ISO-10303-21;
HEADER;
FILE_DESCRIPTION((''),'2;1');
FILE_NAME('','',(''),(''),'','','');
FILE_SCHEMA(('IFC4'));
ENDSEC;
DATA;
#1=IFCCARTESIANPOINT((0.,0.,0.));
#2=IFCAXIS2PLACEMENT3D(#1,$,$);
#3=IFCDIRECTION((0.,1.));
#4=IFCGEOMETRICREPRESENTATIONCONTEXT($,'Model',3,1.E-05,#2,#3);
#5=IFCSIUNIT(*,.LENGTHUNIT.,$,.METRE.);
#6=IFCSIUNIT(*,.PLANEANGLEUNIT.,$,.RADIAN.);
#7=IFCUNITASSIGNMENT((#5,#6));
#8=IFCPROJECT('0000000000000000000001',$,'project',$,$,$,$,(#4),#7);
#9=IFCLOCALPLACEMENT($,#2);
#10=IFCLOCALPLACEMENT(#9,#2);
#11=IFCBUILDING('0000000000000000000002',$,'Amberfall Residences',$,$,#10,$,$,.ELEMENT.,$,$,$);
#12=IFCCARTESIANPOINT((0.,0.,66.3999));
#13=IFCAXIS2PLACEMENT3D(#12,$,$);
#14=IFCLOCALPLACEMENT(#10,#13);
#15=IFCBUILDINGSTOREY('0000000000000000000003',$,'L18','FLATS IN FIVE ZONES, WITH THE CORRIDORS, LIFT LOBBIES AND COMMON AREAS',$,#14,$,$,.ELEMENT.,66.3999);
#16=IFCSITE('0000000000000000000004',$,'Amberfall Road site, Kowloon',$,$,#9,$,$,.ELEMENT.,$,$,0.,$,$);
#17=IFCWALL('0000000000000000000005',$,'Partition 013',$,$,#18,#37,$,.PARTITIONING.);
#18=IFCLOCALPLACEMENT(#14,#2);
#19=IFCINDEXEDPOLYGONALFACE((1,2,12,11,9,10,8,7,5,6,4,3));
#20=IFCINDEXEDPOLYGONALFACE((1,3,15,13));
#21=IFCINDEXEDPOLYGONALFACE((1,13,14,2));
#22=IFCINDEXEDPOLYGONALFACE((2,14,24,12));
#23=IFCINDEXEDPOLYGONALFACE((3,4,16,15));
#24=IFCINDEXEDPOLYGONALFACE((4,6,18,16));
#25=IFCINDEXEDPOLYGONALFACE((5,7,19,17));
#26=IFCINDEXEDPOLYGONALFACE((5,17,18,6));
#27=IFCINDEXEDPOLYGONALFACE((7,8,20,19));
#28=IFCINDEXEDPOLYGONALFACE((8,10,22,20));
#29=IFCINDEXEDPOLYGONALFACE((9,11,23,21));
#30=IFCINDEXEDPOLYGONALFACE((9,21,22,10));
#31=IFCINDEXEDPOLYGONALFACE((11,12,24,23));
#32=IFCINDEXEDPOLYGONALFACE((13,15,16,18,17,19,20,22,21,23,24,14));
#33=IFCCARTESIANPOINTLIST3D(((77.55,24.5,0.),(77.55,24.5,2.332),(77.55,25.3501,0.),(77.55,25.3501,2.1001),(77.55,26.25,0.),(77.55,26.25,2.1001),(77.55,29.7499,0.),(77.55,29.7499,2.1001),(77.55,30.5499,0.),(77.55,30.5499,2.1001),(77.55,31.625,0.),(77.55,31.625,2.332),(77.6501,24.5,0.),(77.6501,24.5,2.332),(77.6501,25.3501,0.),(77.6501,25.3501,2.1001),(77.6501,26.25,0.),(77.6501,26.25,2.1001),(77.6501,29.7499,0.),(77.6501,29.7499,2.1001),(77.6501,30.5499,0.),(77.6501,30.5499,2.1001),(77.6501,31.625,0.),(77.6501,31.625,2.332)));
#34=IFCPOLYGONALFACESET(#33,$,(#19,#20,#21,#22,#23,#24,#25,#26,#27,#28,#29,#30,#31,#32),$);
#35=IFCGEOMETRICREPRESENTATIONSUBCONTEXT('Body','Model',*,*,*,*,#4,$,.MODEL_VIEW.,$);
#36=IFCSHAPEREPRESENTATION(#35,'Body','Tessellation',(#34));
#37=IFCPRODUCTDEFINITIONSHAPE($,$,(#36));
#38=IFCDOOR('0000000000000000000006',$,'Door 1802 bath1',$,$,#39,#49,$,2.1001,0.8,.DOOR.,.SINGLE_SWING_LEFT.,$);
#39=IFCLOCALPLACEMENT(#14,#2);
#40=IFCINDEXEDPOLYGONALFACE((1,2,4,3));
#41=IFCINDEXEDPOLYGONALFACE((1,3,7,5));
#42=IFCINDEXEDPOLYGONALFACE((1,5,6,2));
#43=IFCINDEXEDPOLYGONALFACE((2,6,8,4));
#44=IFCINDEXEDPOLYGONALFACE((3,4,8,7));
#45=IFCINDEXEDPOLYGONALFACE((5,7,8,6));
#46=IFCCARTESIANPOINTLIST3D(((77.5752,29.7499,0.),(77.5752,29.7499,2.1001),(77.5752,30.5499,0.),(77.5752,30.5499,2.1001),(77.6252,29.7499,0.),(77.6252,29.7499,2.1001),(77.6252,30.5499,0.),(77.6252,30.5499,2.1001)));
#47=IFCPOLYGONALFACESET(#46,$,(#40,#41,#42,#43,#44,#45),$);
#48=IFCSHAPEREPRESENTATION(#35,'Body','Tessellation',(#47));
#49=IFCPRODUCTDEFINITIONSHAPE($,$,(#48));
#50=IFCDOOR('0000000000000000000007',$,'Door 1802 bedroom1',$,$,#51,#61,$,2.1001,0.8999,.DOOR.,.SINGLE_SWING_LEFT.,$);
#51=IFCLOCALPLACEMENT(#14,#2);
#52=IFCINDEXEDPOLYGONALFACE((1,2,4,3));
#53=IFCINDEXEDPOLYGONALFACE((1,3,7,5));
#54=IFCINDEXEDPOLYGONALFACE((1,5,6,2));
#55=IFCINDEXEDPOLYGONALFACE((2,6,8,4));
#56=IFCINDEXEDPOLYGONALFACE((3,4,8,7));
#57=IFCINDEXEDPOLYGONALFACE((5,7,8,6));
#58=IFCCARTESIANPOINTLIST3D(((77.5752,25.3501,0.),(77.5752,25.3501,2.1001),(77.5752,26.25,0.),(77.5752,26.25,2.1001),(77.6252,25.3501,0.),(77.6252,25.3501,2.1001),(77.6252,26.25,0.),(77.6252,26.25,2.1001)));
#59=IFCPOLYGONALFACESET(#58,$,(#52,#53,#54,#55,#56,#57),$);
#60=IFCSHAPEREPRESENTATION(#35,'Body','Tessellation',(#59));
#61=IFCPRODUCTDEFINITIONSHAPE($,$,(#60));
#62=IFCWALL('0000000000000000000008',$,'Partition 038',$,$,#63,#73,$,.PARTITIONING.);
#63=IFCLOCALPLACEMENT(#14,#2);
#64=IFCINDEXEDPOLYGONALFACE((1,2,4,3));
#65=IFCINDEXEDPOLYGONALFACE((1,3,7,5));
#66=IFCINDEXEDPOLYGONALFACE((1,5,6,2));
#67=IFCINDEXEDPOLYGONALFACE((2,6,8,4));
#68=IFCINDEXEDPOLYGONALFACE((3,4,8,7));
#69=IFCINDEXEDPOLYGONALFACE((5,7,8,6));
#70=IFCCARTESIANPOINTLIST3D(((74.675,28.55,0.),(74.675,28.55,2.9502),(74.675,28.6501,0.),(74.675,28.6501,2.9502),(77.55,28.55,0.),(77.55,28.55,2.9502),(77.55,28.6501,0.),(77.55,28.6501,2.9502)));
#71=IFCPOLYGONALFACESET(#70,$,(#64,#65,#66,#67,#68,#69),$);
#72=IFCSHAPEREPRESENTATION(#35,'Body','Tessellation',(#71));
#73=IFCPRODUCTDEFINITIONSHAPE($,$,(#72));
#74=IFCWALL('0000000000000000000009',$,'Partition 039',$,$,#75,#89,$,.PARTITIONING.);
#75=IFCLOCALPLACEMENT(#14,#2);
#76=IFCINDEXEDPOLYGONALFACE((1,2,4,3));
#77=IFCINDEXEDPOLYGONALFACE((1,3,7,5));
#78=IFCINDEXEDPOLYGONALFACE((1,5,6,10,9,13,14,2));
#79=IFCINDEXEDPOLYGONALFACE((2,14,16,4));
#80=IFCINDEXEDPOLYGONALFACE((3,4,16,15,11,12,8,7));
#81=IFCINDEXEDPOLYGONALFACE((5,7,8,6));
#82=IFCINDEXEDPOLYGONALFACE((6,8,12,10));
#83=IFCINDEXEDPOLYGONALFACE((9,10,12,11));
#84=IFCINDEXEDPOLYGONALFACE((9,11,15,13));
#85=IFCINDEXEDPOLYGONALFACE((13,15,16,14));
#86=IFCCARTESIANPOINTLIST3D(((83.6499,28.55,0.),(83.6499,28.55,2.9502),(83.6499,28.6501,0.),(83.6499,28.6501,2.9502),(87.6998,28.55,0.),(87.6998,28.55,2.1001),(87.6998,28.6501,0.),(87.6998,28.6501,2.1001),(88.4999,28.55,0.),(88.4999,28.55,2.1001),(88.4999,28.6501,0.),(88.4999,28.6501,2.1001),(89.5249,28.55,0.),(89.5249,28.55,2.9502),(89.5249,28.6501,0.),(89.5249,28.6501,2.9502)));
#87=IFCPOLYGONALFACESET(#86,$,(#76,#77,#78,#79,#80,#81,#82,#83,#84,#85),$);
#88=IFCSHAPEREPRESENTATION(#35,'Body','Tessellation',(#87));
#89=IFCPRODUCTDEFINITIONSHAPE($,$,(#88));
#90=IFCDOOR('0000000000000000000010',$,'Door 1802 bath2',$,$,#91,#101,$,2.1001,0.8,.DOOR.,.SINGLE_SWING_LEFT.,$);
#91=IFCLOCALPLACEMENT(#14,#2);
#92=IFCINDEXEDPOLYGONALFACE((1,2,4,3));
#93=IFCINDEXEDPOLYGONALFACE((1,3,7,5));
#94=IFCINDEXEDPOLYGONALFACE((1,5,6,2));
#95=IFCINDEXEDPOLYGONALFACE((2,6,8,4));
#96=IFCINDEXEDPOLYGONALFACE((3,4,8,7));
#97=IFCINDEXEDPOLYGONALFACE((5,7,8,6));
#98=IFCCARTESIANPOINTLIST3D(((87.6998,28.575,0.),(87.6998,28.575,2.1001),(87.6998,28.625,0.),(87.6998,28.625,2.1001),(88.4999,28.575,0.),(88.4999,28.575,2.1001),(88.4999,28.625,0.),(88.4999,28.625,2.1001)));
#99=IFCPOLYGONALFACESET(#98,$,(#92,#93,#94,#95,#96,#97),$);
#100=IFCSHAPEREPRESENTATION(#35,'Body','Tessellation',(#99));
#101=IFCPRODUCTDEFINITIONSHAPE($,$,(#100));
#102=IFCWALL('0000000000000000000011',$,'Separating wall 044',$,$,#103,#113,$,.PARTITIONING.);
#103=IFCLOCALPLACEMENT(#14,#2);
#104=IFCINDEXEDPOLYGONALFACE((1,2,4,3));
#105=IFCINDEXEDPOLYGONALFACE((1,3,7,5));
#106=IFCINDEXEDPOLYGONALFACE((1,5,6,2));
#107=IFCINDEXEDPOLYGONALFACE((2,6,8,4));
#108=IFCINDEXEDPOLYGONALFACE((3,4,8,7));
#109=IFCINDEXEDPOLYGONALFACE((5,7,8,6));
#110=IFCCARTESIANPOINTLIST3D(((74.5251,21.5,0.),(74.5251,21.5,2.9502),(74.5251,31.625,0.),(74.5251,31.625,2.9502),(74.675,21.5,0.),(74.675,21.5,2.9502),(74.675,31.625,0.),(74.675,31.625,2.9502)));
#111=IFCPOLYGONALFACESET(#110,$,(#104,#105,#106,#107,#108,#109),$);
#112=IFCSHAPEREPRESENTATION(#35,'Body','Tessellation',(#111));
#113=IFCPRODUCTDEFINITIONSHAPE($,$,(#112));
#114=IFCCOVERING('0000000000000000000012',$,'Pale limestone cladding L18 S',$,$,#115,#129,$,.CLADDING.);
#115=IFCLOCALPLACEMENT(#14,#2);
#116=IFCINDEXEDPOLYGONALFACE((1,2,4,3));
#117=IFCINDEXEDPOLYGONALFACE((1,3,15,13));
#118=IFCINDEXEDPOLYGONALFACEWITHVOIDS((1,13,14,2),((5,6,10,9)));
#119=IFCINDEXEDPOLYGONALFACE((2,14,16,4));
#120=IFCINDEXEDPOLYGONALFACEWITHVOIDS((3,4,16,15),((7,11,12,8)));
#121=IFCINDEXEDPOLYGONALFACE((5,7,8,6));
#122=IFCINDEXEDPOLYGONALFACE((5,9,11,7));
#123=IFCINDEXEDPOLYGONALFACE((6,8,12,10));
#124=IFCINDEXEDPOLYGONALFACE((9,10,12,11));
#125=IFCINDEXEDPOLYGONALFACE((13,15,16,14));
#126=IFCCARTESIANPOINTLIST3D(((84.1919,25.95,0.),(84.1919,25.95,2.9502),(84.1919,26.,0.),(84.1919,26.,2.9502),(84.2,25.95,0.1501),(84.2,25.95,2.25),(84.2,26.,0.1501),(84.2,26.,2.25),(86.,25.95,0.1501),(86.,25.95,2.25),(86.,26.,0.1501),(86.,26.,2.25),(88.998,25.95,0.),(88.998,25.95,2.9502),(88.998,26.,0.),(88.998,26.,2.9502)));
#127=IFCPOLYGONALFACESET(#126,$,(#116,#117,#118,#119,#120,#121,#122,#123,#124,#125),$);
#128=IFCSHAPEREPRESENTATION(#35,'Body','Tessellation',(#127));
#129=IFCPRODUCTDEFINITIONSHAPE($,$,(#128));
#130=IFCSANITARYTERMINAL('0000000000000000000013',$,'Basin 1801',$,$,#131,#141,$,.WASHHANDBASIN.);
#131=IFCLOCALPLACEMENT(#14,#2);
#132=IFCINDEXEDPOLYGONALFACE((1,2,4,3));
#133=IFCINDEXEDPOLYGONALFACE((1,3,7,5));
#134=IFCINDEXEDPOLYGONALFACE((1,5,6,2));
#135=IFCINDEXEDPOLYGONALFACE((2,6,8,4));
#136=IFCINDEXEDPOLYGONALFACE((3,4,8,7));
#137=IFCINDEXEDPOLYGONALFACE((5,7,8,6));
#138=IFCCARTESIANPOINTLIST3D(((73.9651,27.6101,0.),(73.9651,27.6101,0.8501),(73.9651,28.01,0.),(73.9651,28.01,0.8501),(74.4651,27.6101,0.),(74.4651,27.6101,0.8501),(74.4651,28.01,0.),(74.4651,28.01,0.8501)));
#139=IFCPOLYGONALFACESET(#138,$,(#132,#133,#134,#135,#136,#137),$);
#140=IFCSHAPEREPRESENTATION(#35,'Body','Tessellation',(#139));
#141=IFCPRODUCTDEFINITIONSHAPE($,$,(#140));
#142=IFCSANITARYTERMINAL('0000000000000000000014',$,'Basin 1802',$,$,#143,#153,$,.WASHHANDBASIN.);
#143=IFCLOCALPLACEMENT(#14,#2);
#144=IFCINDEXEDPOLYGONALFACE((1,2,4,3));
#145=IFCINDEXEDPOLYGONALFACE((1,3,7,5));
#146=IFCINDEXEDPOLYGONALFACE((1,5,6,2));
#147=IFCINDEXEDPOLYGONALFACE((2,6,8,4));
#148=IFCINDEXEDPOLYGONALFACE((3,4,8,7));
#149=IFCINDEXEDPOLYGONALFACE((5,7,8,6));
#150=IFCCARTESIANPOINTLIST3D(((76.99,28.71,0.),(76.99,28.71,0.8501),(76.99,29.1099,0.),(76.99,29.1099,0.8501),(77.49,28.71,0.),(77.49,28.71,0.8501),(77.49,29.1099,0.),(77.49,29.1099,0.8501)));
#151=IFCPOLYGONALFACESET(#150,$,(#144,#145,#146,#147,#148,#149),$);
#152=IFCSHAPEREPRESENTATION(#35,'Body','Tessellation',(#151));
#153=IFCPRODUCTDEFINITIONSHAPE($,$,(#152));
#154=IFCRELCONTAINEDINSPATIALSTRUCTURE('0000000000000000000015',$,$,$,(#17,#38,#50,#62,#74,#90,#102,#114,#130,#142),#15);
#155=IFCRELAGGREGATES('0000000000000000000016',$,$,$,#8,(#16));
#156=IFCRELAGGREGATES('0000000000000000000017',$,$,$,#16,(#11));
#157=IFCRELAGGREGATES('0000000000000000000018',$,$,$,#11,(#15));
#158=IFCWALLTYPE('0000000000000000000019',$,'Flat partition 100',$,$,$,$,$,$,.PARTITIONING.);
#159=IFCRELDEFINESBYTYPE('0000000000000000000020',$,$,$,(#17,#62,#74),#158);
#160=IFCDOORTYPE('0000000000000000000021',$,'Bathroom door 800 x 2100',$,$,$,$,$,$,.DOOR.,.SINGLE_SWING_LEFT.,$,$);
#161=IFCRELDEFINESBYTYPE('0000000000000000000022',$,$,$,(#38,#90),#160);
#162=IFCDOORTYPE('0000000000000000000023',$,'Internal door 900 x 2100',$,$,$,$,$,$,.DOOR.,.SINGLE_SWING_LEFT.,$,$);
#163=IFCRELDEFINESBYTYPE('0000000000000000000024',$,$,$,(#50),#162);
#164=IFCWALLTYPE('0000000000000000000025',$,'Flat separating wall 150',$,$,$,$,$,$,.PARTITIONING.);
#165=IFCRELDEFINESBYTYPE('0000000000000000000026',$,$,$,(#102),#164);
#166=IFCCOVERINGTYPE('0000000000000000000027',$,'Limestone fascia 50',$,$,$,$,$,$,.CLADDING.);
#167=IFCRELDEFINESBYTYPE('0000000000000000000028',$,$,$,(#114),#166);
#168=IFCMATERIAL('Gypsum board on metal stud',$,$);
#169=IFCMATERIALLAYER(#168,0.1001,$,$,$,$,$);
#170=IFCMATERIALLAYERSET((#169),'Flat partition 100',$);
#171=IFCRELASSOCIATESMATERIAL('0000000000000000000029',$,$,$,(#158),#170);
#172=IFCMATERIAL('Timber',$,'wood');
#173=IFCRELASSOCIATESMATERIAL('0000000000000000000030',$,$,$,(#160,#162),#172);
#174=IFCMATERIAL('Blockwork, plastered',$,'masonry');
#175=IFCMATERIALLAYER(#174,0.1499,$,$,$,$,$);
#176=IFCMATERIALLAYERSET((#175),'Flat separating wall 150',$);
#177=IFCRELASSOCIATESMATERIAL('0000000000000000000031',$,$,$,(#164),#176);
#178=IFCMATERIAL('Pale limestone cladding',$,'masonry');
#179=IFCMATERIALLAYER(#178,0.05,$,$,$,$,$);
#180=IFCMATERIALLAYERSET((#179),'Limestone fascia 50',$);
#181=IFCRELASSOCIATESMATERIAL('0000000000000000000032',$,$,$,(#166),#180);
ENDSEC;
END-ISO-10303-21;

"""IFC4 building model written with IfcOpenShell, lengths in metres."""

from ifc_helpers import new_model, si_unit, direction, frame, frame_2d, origin, origin_2d, place, context, subcontext, project, spatial, polyline, rectangle, outline, extrude, material, layer, layer_set, type_object, element, fill, save


model = new_model("IFC4")

# Units and contexts
model_context = context("Model", 3, precision=1e-05, world=origin(), true_north=direction((0.0, 1.0)))
body_context = subcontext(model_context, "Body", "Model", "MODEL_VIEW")
ifc_project = project(units=[si_unit("LENGTHUNIT", "METRE"), si_unit("PLANEANGLEUNIT", "RADIAN")], contexts=[model_context])

# Site, building, storey
site_placement = place(None, origin())
site = spatial("IfcSite", under=ifc_project, at=site_placement, Name="Amberfall Road site, Kowloon", CompositionType="ELEMENT", RefElevation=0.0)
building_placement = place(site_placement, origin())
building = spatial("IfcBuilding", under=site, at=building_placement, Name="Amberfall Residences", CompositionType="ELEMENT")
storey_placement = place(building_placement, frame((0.0, 0.0, 66.3999)))
storey = spatial("IfcBuildingStorey", under=building, at=storey_placement, Name="L18", Description="FLATS IN FIVE ZONES, WITH THE CORRIDORS, LIFT LOBBIES AND COMMON AREAS", CompositionType="ELEMENT", Elevation=66.3999)

# Wall, openings, doors
ifc_material_1 = material(Name="Gypsum board on metal stud")
ifc_layer_1 = layer(ifc_material_1, 0.1001)
ifc_layer_set_1 = layer_set([ifc_layer_1], Name="Flat partition 100")
wall_type_1 = type_object("IfcWallType", Name="Flat partition 100", PredefinedType="PARTITIONING", material=ifc_layer_set_1)
wall_1_placement = place(storey_placement, frame((77.6001, 24.5, 0.0), z_axis=(0.0, 0.0, 1.0), x_axis=(0.0, 1.0, 0.0)))
wall_1 = element("IfcWall", 1, at=wall_1_placement, inside=storey, type_object=wall_type_1, Name="Partition 013", PredefinedType="PARTITIONING", context=body_context, shape_type="SweptSolid", body=[
    extrude(rectangle(XDim=7.125, YDim=0.1001, at=frame_2d((3.5625, 0.0))), origin(), (0.0, 0.0, 1.0), 2.332),
])
opening_1_placement = place(wall_1_placement, frame((0.8501, 0.0, 0.0)))
opening_1 = element("IfcOpeningElement", 2, at=opening_1_placement, cuts=wall_1, PredefinedType="OPENING", context=body_context, shape_type="SweptSolid", body=[
    extrude(rectangle(XDim=0.8999, YDim=2.1001, at=frame_2d((0.45, 1.05))), frame((0.0, 0.0601, 0.0), z_axis=(0.0, -1.0, 0.0), x_axis=(1.0, 0.0, 0.0)), (0.0, 0.0, 1.0), 0.1201),
])
opening_2_placement = place(wall_1_placement, frame((5.25, 0.0, 0.0)))
opening_2 = element("IfcOpeningElement", 3, at=opening_2_placement, cuts=wall_1, PredefinedType="OPENING", context=body_context, shape_type="SweptSolid", body=[
    extrude(rectangle(XDim=0.8, YDim=2.1001, at=frame_2d((0.3999, 1.05))), frame((0.0, 0.0601, 0.0), z_axis=(0.0, -1.0, 0.0), x_axis=(1.0, 0.0, 0.0)), (0.0, 0.0, 1.0), 0.1201),
])
ifc_material_2 = material(Name="Timber", Category="wood")
door_type_1 = type_object("IfcDoorType", Name="Bathroom door 800 x 2100", OperationType="SINGLE_SWING_LEFT", PredefinedType="DOOR", material=ifc_material_2)
door_1_placement = place(opening_2_placement, origin())
door_1 = element("IfcDoor", 4, at=door_1_placement, inside=storey, type_object=door_type_1, Name="Door 1802 bath1", OperationType="SINGLE_SWING_LEFT", OverallHeight=2.1001, OverallWidth=0.8, PredefinedType="DOOR", context=body_context, shape_type="SweptSolid", body=[
    extrude(rectangle(XDim=0.8, YDim=2.1001, at=frame_2d((0.3999, 1.05))), frame((0.0, 0.0249, 0.0), z_axis=(0.0, -1.0, 0.0), x_axis=(1.0, 0.0, 0.0)), (0.0, 0.0, 1.0), 0.05),
])
fill(opening_2, door_1)
door_type_2 = type_object("IfcDoorType", Name="Internal door 900 x 2100", OperationType="SINGLE_SWING_LEFT", PredefinedType="DOOR", material=ifc_material_2)
door_2_placement = place(opening_1_placement, origin())
door_2 = element("IfcDoor", 5, at=door_2_placement, inside=storey, type_object=door_type_2, Name="Door 1802 bedroom1", OperationType="SINGLE_SWING_LEFT", OverallHeight=2.1001, OverallWidth=0.8999, PredefinedType="DOOR", context=body_context, shape_type="SweptSolid", body=[
    extrude(rectangle(XDim=0.8999, YDim=2.1001, at=frame_2d((0.45, 1.05))), frame((0.0, 0.0249, 0.0), z_axis=(0.0, -1.0, 0.0), x_axis=(1.0, 0.0, 0.0)), (0.0, 0.0, 1.0), 0.05),
])
fill(opening_1, door_2)

# Wall
wall_2_placement = place(storey_placement, frame((74.675, 28.6001, 0.0), z_axis=(0.0, 0.0, 1.0), x_axis=(1.0, 0.0, 0.0)))
element("IfcWall", 6, at=wall_2_placement, inside=storey, type_object=wall_type_1, Name="Partition 038", PredefinedType="PARTITIONING", context=body_context, shape_type="SweptSolid", body=[
    extrude(rectangle(XDim=2.875, YDim=0.1001, at=frame_2d((1.4375, 0.0))), origin(), (0.0, 0.0, 1.0), 2.9502),
])

# Wall, opening, door
wall_3_placement = place(storey_placement, frame((83.6499, 28.6001, 0.0), z_axis=(0.0, 0.0, 1.0), x_axis=(1.0, 0.0, 0.0)))
wall_3 = element("IfcWall", 7, at=wall_3_placement, inside=storey, type_object=wall_type_1, Name="Partition 039", PredefinedType="PARTITIONING", context=body_context, shape_type="SweptSolid", body=[
    extrude(rectangle(XDim=5.875, YDim=0.1001, at=frame_2d((2.9375, 0.0))), origin(), (0.0, 0.0, 1.0), 2.9502),
])
opening_3_placement = place(wall_3_placement, frame((4.05, 0.0, 0.0)))
opening_3 = element("IfcOpeningElement", 8, at=opening_3_placement, cuts=wall_3, PredefinedType="OPENING", context=body_context, shape_type="SweptSolid", body=[
    extrude(rectangle(XDim=0.8, YDim=2.1001, at=frame_2d((0.3999, 1.05))), frame((0.0, 0.0601, 0.0), z_axis=(0.0, -1.0, 0.0), x_axis=(1.0, 0.0, 0.0)), (0.0, 0.0, 1.0), 0.1201),
])
door_3_placement = place(opening_3_placement, origin())
door_3 = element("IfcDoor", 9, at=door_3_placement, inside=storey, type_object=door_type_1, Name="Door 1802 bath2", OperationType="SINGLE_SWING_LEFT", OverallHeight=2.1001, OverallWidth=0.8, PredefinedType="DOOR", context=body_context, shape_type="SweptSolid", body=[
    extrude(rectangle(XDim=0.8, YDim=2.1001, at=frame_2d((0.3999, 1.05))), frame((0.0, 0.0249, 0.0), z_axis=(0.0, -1.0, 0.0), x_axis=(1.0, 0.0, 0.0)), (0.0, 0.0, 1.0), 0.05),
])
fill(opening_3, door_3)

# Wall
ifc_material_3 = material(Name="Blockwork, plastered", Category="masonry")
ifc_layer_2 = layer(ifc_material_3, 0.1499)
ifc_layer_set_2 = layer_set([ifc_layer_2], Name="Flat separating wall 150")
wall_type_2 = type_object("IfcWallType", Name="Flat separating wall 150", PredefinedType="PARTITIONING", material=ifc_layer_set_2)
wall_4_placement = place(storey_placement, frame((74.6001, 21.5, 0.0), z_axis=(0.0, 0.0, 1.0), x_axis=(0.0, 1.0, 0.0)))
element("IfcWall", 10, at=wall_4_placement, inside=storey, type_object=wall_type_2, Name="Separating wall 044", PredefinedType="PARTITIONING", context=body_context, shape_type="SweptSolid", body=[
    extrude(rectangle(XDim=10.125, YDim=0.1499, at=frame_2d((5.0625, 0.0))), origin(), (0.0, 0.0, 1.0), 2.9502),
])

# Covering
ifc_material_4 = material(Name="Pale limestone cladding", Category="masonry")
ifc_layer_3 = layer(ifc_material_4, 0.05)
ifc_layer_set_3 = layer_set([ifc_layer_3], Name="Limestone fascia 50")
covering_type = type_object("IfcCoveringType", Name="Limestone fascia 50", PredefinedType="CLADDING", material=ifc_layer_set_3)
covering_placement = place(storey_placement, frame((84.1919, 26.0, 2.9502), z_axis=(0.0, 1.0, 0.0), x_axis=(1.0, 0.0, 0.0)))
element("IfcCovering", 11, at=covering_placement, inside=storey, type_object=covering_type, Name="Pale limestone cladding L18 S", PredefinedType="CLADDING", context=body_context, shape_type="SweptSolid", body=[
    extrude(outline(polyline([(0.0, 0.0), (4.8062, 0.0), (4.8062, 2.9502), (0.0, 2.9502), (0.0, 0.0)]), holes=[polyline([(0.0081, 0.7002), (1.8081, 0.7002), (1.8081, 2.8), (0.0081, 2.8), (0.0081, 0.7002)])]), origin(), (0.0, 0.0, -1.0), 0.05),
])

# Sanitary terminals
for number, where, z_axis, x_axis, name in (
    (12, (74.2151, 27.8101, 0.0), (0.0, 0.0, 1.0), (1.0, 0.0, 0.0), "Basin 1801"),
    (13, (77.24, 28.9099, 0.0), (0.0, 0.0, 1.0), (1.0, 0.0, 0.0), "Basin 1802"),
):
    element("IfcSanitaryTerminal", number, at=place(storey_placement, frame(where, z_axis=z_axis, x_axis=x_axis)), inside=storey, Name=name, PredefinedType="WASHHANDBASIN", context=body_context, shape_type="SweptSolid", body=[
        extrude(rectangle(XDim=0.5, YDim=0.3999, at=origin_2d()), origin(), (0.0, 0.0, 1.0), 0.8501),
    ])

save(model, "model.ifc")
